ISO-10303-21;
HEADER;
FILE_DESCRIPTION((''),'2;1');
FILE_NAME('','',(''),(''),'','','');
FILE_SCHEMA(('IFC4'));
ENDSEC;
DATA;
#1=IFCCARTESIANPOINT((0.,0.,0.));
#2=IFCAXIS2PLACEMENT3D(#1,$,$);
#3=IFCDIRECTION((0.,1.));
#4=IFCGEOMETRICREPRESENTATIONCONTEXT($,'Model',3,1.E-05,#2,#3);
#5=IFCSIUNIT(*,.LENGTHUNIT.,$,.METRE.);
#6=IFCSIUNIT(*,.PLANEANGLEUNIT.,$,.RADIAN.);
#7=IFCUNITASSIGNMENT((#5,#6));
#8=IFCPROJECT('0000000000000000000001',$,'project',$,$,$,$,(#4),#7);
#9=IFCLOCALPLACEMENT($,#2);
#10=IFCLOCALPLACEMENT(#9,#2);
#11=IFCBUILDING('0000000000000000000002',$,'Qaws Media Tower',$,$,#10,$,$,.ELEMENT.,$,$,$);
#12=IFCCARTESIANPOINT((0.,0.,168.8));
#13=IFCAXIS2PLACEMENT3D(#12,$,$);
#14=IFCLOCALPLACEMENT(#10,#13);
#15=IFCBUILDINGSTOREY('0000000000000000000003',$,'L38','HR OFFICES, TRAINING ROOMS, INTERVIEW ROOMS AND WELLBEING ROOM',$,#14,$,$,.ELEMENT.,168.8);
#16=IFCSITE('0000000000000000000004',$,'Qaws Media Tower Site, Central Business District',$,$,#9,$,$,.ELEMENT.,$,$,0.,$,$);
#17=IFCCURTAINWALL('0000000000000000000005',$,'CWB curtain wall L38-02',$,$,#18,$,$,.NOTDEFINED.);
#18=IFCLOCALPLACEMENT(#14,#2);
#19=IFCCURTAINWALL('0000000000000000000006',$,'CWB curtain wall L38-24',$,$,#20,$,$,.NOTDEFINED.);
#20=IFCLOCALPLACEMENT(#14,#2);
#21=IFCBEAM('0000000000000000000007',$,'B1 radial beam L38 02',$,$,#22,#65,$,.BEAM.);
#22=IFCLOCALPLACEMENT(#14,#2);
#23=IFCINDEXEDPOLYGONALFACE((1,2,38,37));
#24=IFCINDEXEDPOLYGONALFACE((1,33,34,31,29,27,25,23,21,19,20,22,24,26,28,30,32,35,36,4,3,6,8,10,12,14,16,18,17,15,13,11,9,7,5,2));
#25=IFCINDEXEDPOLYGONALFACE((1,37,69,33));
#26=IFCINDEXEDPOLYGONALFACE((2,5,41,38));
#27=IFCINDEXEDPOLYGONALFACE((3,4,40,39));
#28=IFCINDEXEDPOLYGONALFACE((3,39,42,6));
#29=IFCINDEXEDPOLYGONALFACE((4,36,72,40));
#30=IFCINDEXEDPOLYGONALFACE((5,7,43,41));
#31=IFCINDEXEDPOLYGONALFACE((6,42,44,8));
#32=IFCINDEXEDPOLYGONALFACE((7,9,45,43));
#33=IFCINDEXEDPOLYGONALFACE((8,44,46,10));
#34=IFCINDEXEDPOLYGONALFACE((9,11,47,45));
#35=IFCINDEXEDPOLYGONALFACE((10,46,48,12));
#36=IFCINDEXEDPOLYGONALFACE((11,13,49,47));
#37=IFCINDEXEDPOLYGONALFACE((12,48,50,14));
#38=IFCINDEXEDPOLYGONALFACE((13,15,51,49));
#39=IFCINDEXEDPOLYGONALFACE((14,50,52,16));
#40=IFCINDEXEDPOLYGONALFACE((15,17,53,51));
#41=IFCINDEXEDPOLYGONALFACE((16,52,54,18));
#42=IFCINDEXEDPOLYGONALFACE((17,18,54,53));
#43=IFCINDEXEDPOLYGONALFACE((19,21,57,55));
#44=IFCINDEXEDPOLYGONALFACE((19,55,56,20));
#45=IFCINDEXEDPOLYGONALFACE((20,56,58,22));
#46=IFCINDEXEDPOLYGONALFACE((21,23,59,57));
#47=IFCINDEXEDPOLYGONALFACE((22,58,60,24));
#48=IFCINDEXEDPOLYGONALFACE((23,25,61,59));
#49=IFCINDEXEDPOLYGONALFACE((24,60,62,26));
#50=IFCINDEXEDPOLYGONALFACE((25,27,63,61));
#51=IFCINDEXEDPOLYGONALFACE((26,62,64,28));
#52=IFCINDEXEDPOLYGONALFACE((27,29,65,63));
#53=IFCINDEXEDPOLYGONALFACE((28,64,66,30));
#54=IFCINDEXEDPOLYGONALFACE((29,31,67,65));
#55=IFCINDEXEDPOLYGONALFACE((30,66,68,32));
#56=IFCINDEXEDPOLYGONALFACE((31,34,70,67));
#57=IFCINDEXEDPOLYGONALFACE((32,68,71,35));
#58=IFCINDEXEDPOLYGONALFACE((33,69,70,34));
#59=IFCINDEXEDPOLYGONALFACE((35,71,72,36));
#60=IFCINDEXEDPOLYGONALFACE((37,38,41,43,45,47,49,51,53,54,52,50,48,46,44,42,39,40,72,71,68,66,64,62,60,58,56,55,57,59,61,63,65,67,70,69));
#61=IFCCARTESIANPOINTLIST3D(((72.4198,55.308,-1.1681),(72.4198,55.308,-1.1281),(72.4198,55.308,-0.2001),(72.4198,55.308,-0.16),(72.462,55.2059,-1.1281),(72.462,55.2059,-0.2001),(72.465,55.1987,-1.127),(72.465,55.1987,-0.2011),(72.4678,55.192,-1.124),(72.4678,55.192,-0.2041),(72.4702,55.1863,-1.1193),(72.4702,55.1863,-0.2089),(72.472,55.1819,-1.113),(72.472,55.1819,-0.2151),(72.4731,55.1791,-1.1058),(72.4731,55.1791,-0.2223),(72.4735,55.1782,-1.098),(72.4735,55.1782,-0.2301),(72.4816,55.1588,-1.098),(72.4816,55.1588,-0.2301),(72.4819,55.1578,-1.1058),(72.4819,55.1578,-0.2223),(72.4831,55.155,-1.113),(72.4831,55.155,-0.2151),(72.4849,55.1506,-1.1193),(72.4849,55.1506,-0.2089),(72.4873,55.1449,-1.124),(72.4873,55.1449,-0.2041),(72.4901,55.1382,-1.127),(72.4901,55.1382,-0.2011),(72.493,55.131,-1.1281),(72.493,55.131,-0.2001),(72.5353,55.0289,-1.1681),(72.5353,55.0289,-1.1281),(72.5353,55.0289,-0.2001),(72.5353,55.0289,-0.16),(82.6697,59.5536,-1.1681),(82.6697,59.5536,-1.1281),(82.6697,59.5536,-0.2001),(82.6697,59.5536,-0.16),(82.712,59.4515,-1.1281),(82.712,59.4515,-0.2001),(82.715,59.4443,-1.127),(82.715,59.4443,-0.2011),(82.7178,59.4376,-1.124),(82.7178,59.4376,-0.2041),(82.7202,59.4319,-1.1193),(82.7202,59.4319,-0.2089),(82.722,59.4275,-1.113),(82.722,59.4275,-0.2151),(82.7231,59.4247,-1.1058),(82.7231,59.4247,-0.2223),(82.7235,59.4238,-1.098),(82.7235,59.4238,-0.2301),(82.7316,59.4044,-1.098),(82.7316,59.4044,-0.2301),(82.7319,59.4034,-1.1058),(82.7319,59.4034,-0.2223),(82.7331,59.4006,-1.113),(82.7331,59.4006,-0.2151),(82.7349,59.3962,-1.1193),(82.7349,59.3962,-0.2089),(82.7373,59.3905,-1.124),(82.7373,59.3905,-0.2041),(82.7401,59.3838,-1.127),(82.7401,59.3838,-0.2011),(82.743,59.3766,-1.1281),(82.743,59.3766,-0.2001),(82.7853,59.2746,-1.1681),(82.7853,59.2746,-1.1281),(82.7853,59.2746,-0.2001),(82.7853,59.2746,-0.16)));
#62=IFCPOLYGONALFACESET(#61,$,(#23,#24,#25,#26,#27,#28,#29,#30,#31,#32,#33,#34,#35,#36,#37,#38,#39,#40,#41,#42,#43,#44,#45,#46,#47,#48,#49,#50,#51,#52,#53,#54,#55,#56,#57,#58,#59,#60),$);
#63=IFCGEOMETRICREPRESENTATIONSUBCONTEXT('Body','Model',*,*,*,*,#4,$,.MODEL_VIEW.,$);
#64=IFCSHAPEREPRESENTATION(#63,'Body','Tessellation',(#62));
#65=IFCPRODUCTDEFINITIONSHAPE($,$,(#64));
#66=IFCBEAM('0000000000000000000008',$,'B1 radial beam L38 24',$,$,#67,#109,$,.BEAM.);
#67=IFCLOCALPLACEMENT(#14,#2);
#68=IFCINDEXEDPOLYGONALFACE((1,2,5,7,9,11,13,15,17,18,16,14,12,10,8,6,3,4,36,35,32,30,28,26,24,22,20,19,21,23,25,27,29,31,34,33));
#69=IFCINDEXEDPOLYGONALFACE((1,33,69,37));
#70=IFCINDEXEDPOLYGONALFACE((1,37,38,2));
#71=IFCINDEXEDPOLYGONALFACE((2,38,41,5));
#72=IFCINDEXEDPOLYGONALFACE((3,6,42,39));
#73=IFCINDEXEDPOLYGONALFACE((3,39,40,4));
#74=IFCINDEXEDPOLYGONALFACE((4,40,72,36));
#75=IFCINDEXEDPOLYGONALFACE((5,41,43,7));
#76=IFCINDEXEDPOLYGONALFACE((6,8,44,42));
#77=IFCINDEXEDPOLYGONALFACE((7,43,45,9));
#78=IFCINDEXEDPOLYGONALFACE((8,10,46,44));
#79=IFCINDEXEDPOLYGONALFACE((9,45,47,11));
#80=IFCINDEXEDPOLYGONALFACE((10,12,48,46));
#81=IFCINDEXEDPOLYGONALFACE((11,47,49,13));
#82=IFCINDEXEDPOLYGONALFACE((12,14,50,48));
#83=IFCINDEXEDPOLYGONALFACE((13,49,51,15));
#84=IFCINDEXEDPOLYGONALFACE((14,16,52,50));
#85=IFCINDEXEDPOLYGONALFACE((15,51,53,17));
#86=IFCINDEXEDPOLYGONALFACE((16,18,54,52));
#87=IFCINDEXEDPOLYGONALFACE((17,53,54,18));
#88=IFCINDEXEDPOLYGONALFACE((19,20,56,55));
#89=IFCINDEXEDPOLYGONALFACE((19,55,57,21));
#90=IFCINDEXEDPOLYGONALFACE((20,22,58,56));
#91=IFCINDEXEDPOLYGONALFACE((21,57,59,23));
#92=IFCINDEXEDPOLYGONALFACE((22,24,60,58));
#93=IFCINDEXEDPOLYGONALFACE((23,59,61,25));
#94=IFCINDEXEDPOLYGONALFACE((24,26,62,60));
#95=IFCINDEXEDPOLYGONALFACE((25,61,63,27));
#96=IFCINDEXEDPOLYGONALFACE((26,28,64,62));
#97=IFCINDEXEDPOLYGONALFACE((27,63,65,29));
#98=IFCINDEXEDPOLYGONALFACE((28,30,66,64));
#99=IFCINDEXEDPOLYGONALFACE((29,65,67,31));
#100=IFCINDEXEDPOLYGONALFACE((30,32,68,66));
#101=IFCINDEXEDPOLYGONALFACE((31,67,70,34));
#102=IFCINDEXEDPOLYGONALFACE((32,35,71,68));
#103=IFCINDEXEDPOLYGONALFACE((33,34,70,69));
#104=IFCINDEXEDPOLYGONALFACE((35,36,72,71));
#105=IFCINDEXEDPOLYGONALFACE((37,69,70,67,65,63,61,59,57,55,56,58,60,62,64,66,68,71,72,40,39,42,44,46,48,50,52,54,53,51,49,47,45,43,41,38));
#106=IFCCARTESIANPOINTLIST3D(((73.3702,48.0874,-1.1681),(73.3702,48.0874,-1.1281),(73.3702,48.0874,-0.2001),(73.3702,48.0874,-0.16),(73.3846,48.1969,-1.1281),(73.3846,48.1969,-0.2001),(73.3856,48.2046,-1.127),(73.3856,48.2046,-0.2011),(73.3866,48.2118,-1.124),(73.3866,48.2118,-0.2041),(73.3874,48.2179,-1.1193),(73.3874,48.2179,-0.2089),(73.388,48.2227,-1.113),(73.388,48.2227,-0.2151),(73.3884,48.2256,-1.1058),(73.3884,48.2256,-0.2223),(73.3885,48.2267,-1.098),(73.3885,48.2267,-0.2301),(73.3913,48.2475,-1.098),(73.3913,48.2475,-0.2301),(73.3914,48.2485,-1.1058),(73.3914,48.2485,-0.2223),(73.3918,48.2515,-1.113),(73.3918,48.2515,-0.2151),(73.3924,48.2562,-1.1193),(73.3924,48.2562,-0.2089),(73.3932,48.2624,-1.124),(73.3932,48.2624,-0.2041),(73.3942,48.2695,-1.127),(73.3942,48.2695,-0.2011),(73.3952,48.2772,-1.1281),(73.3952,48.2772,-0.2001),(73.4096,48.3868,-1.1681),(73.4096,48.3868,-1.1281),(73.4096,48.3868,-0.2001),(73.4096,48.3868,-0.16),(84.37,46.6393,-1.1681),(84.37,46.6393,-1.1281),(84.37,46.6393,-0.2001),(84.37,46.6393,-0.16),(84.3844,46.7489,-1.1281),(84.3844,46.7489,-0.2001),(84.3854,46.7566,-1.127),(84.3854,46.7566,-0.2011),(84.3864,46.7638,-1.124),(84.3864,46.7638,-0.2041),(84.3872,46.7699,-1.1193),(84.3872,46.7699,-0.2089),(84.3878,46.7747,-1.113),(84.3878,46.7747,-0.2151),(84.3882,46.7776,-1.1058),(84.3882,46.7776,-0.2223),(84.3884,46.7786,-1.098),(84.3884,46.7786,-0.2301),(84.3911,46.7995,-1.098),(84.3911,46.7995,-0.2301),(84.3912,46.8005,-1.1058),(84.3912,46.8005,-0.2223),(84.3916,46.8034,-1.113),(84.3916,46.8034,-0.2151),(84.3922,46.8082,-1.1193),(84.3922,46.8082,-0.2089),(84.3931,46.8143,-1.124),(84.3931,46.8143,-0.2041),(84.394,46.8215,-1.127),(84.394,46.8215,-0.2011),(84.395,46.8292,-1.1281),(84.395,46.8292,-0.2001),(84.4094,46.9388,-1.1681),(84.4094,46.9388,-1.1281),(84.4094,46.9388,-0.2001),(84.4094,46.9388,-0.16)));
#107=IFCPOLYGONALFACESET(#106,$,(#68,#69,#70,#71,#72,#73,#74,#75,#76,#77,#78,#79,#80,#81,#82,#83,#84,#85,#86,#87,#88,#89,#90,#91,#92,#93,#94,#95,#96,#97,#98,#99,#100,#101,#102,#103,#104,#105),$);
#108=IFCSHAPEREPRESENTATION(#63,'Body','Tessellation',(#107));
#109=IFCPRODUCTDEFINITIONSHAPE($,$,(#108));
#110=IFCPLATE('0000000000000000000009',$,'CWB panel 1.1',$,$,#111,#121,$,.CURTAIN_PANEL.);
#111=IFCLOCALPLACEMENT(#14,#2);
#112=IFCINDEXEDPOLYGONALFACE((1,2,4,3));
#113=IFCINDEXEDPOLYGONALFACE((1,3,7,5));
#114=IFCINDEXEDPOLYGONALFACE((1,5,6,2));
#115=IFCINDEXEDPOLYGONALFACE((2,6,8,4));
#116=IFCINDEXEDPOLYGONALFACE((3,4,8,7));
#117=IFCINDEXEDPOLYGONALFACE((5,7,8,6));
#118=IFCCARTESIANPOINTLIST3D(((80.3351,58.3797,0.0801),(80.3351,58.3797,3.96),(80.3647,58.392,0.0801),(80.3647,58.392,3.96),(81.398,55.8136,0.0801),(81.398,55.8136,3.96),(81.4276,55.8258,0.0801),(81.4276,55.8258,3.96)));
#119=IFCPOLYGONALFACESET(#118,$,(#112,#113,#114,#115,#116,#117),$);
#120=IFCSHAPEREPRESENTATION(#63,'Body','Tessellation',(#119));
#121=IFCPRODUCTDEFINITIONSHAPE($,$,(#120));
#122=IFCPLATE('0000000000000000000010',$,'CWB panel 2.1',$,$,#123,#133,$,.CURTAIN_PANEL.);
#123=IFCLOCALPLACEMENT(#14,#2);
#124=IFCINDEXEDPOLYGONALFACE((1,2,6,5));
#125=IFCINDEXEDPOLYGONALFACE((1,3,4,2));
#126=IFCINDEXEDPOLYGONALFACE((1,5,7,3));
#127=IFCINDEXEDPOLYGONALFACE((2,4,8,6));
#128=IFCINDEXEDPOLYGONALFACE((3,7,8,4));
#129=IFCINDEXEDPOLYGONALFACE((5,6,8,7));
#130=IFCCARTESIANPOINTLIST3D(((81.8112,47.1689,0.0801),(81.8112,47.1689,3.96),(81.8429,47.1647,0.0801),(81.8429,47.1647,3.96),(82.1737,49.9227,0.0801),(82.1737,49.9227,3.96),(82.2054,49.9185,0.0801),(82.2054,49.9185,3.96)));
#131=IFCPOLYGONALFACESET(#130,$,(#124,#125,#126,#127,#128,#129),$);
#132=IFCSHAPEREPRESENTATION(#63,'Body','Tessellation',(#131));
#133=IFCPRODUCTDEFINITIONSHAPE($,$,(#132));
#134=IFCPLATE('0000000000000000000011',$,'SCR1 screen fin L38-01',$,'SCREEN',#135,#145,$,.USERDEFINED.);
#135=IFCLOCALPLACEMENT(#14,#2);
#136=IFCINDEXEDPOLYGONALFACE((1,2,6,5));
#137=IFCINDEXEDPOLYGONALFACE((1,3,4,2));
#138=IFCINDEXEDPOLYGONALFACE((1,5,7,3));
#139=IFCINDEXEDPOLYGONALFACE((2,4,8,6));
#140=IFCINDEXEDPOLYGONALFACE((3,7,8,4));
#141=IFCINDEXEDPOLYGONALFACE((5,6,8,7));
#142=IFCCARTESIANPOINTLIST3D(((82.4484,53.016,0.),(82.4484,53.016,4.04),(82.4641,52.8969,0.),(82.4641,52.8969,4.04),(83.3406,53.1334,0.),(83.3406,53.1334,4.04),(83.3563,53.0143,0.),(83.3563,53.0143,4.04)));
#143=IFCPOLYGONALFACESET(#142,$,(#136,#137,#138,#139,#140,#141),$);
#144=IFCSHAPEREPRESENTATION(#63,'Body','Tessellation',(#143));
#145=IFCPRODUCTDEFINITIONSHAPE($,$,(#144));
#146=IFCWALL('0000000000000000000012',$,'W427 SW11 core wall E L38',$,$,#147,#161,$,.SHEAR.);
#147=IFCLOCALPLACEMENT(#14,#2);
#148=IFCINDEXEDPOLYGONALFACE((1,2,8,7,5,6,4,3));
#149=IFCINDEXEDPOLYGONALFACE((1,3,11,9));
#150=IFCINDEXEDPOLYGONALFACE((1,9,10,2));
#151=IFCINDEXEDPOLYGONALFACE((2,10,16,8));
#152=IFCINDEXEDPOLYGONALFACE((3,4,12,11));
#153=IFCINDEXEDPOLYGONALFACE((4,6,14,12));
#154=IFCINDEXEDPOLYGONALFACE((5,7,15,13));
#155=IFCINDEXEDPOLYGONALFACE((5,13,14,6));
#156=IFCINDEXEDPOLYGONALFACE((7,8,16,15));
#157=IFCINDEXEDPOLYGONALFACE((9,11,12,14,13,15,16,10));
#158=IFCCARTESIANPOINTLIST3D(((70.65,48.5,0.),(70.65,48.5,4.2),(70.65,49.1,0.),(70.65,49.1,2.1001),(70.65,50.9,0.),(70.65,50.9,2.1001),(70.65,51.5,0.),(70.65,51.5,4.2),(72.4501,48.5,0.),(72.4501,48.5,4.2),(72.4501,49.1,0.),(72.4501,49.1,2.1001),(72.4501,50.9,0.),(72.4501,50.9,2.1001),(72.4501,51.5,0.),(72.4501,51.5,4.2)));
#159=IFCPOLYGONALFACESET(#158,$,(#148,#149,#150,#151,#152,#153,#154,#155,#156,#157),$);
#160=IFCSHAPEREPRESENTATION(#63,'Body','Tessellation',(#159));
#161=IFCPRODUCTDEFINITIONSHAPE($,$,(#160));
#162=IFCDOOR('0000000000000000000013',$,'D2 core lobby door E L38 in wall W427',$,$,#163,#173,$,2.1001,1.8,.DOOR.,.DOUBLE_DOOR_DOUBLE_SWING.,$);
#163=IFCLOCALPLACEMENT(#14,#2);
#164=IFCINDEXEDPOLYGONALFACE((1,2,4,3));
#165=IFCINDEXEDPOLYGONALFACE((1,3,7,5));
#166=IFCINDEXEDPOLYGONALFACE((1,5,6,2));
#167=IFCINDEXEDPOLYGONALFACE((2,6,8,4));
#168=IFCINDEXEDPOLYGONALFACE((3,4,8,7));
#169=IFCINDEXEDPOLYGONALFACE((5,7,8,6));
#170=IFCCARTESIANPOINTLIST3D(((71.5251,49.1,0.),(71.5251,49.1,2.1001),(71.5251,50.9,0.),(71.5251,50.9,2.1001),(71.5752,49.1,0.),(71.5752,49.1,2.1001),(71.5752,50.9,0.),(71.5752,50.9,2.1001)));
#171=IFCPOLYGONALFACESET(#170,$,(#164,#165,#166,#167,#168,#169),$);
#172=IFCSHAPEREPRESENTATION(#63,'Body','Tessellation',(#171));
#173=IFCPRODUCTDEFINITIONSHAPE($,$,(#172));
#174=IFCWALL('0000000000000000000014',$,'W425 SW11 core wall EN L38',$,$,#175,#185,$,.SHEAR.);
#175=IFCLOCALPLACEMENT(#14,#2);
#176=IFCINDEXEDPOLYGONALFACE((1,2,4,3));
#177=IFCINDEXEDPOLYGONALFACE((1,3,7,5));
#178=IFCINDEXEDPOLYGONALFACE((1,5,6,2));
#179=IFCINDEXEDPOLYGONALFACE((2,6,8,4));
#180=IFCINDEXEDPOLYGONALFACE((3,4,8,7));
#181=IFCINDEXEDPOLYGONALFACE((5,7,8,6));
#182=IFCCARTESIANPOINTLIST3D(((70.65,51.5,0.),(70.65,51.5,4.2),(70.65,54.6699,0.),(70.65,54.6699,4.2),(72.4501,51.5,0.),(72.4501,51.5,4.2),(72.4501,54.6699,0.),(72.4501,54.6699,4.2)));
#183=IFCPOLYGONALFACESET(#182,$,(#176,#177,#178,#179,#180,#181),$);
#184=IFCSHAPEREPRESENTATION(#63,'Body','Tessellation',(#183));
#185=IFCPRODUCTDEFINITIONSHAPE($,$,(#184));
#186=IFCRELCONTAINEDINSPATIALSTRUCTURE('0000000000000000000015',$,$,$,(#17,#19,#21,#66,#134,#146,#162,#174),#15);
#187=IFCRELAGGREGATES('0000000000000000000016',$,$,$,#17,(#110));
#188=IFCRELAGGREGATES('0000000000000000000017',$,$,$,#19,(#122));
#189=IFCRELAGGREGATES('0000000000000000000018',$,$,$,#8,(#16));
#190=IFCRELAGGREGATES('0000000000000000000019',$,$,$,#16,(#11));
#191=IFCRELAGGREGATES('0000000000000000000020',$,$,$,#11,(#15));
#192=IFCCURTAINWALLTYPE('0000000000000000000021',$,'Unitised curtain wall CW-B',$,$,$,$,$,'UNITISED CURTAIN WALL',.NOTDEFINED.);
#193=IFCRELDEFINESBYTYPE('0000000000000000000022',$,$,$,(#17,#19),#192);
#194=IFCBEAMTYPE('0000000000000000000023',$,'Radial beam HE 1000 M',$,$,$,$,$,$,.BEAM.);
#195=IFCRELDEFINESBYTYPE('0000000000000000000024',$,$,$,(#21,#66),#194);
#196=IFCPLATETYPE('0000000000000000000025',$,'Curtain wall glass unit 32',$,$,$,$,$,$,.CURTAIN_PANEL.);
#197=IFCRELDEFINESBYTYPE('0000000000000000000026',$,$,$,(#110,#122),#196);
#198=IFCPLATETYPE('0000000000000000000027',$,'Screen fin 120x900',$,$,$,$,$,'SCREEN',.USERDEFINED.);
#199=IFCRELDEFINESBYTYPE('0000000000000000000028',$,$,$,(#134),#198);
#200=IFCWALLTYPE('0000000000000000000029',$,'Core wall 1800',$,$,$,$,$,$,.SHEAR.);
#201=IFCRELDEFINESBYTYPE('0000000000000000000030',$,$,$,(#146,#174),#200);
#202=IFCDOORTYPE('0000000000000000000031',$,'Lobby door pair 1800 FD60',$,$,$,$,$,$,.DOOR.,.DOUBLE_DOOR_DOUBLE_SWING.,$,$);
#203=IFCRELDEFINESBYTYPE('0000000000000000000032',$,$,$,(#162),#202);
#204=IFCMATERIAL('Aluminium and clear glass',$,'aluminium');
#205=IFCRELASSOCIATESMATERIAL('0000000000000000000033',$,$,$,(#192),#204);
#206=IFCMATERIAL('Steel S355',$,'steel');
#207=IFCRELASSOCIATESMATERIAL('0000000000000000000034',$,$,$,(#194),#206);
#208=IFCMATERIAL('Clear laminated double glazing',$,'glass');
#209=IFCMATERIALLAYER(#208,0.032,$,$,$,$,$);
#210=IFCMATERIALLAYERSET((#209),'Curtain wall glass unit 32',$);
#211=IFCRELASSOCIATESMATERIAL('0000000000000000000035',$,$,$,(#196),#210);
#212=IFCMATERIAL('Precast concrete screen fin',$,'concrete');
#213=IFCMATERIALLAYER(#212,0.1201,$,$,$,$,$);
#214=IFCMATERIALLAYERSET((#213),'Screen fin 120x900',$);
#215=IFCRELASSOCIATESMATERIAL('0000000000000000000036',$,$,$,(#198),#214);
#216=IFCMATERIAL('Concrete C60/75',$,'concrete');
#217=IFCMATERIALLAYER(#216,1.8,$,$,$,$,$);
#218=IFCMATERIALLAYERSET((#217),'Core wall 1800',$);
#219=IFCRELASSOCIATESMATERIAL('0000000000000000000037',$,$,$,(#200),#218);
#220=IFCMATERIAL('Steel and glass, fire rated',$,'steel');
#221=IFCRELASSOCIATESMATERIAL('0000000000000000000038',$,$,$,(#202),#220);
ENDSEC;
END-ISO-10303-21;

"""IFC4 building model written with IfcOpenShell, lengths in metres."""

from ifc_helpers import new_model, si_unit, direction, frame, frame_2d, origin, origin_2d, place, context, subcontext, project, spatial, rectangle, i_section, extrude, material, layer, layer_set, material_profile, profile_set, type_object, element, fill, aggregate, save


model = new_model("IFC4")

# Units and contexts
model_context = context("Model", 3, precision=1e-05, world=origin(), true_north=direction((0.0, 1.0)))
body_context = subcontext(model_context, "Body", "Model", "MODEL_VIEW")
ifc_project = project(units=[si_unit("LENGTHUNIT", "METRE"), si_unit("PLANEANGLEUNIT", "RADIAN")], contexts=[model_context])

# Site, building, storey
site_placement = place(None, origin())
site = spatial("IfcSite", under=ifc_project, at=site_placement, Name="Qaws Media Tower Site, Central Business District", CompositionType="ELEMENT", RefElevation=0.0)
building_placement = place(site_placement, origin())
building = spatial("IfcBuilding", under=site, at=building_placement, Name="Qaws Media Tower", CompositionType="ELEMENT")
storey_placement = place(building_placement, frame((0.0, 0.0, 168.8)))
storey = spatial("IfcBuildingStorey", under=building, at=storey_placement, Name="L38", Description="HR OFFICES, TRAINING ROOMS, INTERVIEW ROOMS AND WELLBEING ROOM", CompositionType="ELEMENT", Elevation=168.8)

# Curtain wall
ifc_material_1 = material(Name="Aluminium and clear glass", Category="aluminium")
curtain_wall_type = type_object("IfcCurtainWallType", Name="Unitised curtain wall CW-B", ElementType="UNITISED CURTAIN WALL", PredefinedType="NOTDEFINED", material=ifc_material_1)
curtain_wall_1_placement = place(storey_placement, origin())
curtain_wall_1 = element("IfcCurtainWall", 1, at=curtain_wall_1_placement, inside=storey, type_object=curtain_wall_type, Name="CWB curtain wall L38-02", PredefinedType="NOTDEFINED")

# Curtain wall
curtain_wall_2_placement = place(storey_placement, origin())
curtain_wall_2 = element("IfcCurtainWall", 2, at=curtain_wall_2_placement, inside=storey, type_object=curtain_wall_type, Name="CWB curtain wall L38-24", PredefinedType="NOTDEFINED")

# Beams
ifc_material_2 = material(Name="Steel S355", Category="steel")
ifc_material_profile_1 = material_profile(ifc_material_2, i_section(OverallWidth=0.302, OverallDepth=1.0081, WebThickness=0.021, FlangeThickness=0.04, FilletRadius=0.03, at=origin_2d()), Name="HE 1000 M")
ifc_profile_set_1 = profile_set([ifc_material_profile_1], Name="Steel S355")
beam_type_1 = type_object("IfcBeamType", Name="Radial beam HE 1000 M", PredefinedType="BEAM", material=ifc_profile_set_1)
beam_1_placement = place(storey_placement, frame((72.4775, 55.1685, -0.6641), z_axis=(0.923882, 0.382677, 0.0), x_axis=(-0.382677, 0.923882, 0.0)))
element("IfcBeam", 3, at=beam_1_placement, inside=storey, type_object=beam_type_1, Name="B1 radial beam L38 02", PredefinedType="BEAM", context=body_context, shape_type="SweptSolid", body=[
    extrude(i_section(OverallWidth=0.302, OverallDepth=1.0081, WebThickness=0.021, FlangeThickness=0.04, FilletRadius=0.03, at=origin_2d()), origin(), (0.0, 0.0, 1.0), 11.0945),
])
beam_2_placement = place(storey_placement, frame((73.3899, 48.2371, -0.6641), z_axis=(0.991447, -0.130513, 0.0), x_axis=(0.130513, 0.991447, 0.0)))
element("IfcBeam", 4, at=beam_2_placement, inside=storey, type_object=beam_type_1, Name="B1 radial beam L38 24", PredefinedType="BEAM", context=body_context, shape_type="SweptSolid", body=[
    extrude(i_section(OverallWidth=0.302, OverallDepth=1.0081, WebThickness=0.021, FlangeThickness=0.04, FilletRadius=0.03, at=origin_2d()), origin(), (0.0, 0.0, 1.0), 11.0947),
])

# Plates
ifc_material_3 = material(Name="Clear laminated double glazing", Category="glass")
ifc_layer_1 = layer(ifc_material_3, 0.032)
ifc_layer_set_1 = layer_set([ifc_layer_1], Name="Curtain wall glass unit 32")
plate_type_1 = type_object("IfcPlateType", Name="Curtain wall glass unit 32", PredefinedType="CURTAIN_PANEL", material=ifc_layer_set_1)
plate_1_placement = place(storey_placement, frame((80.8813, 57.1028, 0.0801), z_axis=(0.0, 0.0, 1.0), x_axis=(-0.382683, 0.92388, 0.0)))
plate_1 = element("IfcPlate", 5, at=plate_1_placement, type_object=plate_type_1, Name="CWB panel 1.1", PredefinedType="CURTAIN_PANEL", context=body_context, shape_type="SweptSolid", body=[
    extrude(rectangle(XDim=2.7776, YDim=0.032, at=origin_2d()), origin(), (0.0, 0.0, 1.0), 3.8799),
])
aggregate(curtain_wall_1, [plate_1])
plate_2_placement = place(storey_placement, frame((82.0083, 48.5437, 0.0801), z_axis=(0.0, 0.0, 1.0), x_axis=(0.130526, 0.991445, 0.0)))
plate_2 = element("IfcPlate", 6, at=plate_2_placement, type_object=plate_type_1, Name="CWB panel 2.1", PredefinedType="CURTAIN_PANEL", context=body_context, shape_type="SweptSolid", body=[
    extrude(rectangle(XDim=2.7776, YDim=0.032, at=origin_2d()), origin(), (0.0, 0.0, 1.0), 3.8799),
])
aggregate(curtain_wall_2, [plate_2])
ifc_material_4 = material(Name="Precast concrete screen fin", Category="concrete")
ifc_layer_2 = layer(ifc_material_4, 0.1201)
ifc_layer_set_2 = layer_set([ifc_layer_2], Name="Screen fin 120x900")
plate_type_2 = type_object("IfcPlateType", Name="Screen fin 120x900", ElementType="SCREEN", PredefinedType="USERDEFINED", material=ifc_layer_set_2)
plate_3_placement = place(storey_placement, frame((82.9023, 53.0151, 0.0), z_axis=(0.0, 0.0, 1.0), x_axis=(0.991445, 0.130526, 0.0)))
element("IfcPlate", 7, at=plate_3_placement, inside=storey, type_object=plate_type_2, Name="SCR1 screen fin L38-01", ObjectType="SCREEN", PredefinedType="USERDEFINED", context=body_context, shape_type="SweptSolid", body=[
    extrude(rectangle(XDim=0.8999, YDim=0.1201, at=origin_2d()), origin(), (0.0, 0.0, 1.0), 4.04),
])

# Wall, opening, door
ifc_material_5 = material(Name="Concrete C60/75", Category="concrete")
ifc_layer_3 = layer(ifc_material_5, 1.8)
ifc_layer_set_3 = layer_set([ifc_layer_3], Name="Core wall 1800")
wall_type_1 = type_object("IfcWallType", Name="Core wall 1800", PredefinedType="SHEAR", material=ifc_layer_set_3)
wall_1_placement = place(storey_placement, frame((71.55, 48.5, 0.0), z_axis=(0.0, 0.0, 1.0), x_axis=(0.0, 1.0, 0.0)))
wall_1 = element("IfcWall", 8, at=wall_1_placement, inside=storey, type_object=wall_type_1, Name="W427 SW11 core wall E L38", PredefinedType="SHEAR", context=body_context, shape_type="SweptSolid", body=[
    extrude(rectangle(XDim=3.0, YDim=1.8, at=frame_2d((1.5, 0.0))), origin(), (0.0, 0.0, 1.0), 4.2),
])
opening_1_placement = place(wall_1_placement, frame((0.6001, 0.0, 0.0)))
opening_1 = element("IfcOpeningElement", 9, at=opening_1_placement, cuts=wall_1, PredefinedType="OPENING", context=body_context, shape_type="SweptSolid", body=[
    extrude(rectangle(XDim=1.8, YDim=2.1001, at=frame_2d((0.8999, 1.05))), frame((0.0, 0.9099, 0.0), z_axis=(0.0, -1.0, 0.0), x_axis=(1.0, 0.0, 0.0)), (0.0, 0.0, 1.0), 1.8201),
])
ifc_material_6 = material(Name="Steel and glass, fire rated", Category="steel")
door_type_1 = type_object("IfcDoorType", Name="Lobby door pair 1800 FD60", OperationType="DOUBLE_DOOR_DOUBLE_SWING", PredefinedType="DOOR", material=ifc_material_6)
door_1_placement = place(opening_1_placement, origin())
door_1 = element("IfcDoor", 10, at=door_1_placement, inside=storey, type_object=door_type_1, Name="D2 core lobby door E L38 in wall W427", OperationType="DOUBLE_DOOR_DOUBLE_SWING", OverallHeight=2.1001, OverallWidth=1.8, PredefinedType="DOOR", context=body_context, shape_type="SweptSolid", body=[
    extrude(rectangle(XDim=1.8, YDim=2.1001, at=frame_2d((0.8999, 1.05))), frame((0.0, 0.0249, 0.0), z_axis=(0.0, -1.0, 0.0), x_axis=(1.0, 0.0, 0.0)), (0.0, 0.0, 1.0), 0.05),
])
fill(opening_1, door_1)

# Wall
wall_2_placement = place(storey_placement, frame((71.55, 51.5, 0.0), z_axis=(0.0, 0.0, 1.0), x_axis=(0.0, 1.0, 0.0)))
element("IfcWall", 11, at=wall_2_placement, inside=storey, type_object=wall_type_1, Name="W425 SW11 core wall EN L38", PredefinedType="SHEAR", context=body_context, shape_type="SweptSolid", body=[
    extrude(rectangle(XDim=3.1699, YDim=1.8, at=frame_2d((1.585, 0.0))), origin(), (0.0, 0.0, 1.0), 4.2),
])

save(model, "model.ifc")
